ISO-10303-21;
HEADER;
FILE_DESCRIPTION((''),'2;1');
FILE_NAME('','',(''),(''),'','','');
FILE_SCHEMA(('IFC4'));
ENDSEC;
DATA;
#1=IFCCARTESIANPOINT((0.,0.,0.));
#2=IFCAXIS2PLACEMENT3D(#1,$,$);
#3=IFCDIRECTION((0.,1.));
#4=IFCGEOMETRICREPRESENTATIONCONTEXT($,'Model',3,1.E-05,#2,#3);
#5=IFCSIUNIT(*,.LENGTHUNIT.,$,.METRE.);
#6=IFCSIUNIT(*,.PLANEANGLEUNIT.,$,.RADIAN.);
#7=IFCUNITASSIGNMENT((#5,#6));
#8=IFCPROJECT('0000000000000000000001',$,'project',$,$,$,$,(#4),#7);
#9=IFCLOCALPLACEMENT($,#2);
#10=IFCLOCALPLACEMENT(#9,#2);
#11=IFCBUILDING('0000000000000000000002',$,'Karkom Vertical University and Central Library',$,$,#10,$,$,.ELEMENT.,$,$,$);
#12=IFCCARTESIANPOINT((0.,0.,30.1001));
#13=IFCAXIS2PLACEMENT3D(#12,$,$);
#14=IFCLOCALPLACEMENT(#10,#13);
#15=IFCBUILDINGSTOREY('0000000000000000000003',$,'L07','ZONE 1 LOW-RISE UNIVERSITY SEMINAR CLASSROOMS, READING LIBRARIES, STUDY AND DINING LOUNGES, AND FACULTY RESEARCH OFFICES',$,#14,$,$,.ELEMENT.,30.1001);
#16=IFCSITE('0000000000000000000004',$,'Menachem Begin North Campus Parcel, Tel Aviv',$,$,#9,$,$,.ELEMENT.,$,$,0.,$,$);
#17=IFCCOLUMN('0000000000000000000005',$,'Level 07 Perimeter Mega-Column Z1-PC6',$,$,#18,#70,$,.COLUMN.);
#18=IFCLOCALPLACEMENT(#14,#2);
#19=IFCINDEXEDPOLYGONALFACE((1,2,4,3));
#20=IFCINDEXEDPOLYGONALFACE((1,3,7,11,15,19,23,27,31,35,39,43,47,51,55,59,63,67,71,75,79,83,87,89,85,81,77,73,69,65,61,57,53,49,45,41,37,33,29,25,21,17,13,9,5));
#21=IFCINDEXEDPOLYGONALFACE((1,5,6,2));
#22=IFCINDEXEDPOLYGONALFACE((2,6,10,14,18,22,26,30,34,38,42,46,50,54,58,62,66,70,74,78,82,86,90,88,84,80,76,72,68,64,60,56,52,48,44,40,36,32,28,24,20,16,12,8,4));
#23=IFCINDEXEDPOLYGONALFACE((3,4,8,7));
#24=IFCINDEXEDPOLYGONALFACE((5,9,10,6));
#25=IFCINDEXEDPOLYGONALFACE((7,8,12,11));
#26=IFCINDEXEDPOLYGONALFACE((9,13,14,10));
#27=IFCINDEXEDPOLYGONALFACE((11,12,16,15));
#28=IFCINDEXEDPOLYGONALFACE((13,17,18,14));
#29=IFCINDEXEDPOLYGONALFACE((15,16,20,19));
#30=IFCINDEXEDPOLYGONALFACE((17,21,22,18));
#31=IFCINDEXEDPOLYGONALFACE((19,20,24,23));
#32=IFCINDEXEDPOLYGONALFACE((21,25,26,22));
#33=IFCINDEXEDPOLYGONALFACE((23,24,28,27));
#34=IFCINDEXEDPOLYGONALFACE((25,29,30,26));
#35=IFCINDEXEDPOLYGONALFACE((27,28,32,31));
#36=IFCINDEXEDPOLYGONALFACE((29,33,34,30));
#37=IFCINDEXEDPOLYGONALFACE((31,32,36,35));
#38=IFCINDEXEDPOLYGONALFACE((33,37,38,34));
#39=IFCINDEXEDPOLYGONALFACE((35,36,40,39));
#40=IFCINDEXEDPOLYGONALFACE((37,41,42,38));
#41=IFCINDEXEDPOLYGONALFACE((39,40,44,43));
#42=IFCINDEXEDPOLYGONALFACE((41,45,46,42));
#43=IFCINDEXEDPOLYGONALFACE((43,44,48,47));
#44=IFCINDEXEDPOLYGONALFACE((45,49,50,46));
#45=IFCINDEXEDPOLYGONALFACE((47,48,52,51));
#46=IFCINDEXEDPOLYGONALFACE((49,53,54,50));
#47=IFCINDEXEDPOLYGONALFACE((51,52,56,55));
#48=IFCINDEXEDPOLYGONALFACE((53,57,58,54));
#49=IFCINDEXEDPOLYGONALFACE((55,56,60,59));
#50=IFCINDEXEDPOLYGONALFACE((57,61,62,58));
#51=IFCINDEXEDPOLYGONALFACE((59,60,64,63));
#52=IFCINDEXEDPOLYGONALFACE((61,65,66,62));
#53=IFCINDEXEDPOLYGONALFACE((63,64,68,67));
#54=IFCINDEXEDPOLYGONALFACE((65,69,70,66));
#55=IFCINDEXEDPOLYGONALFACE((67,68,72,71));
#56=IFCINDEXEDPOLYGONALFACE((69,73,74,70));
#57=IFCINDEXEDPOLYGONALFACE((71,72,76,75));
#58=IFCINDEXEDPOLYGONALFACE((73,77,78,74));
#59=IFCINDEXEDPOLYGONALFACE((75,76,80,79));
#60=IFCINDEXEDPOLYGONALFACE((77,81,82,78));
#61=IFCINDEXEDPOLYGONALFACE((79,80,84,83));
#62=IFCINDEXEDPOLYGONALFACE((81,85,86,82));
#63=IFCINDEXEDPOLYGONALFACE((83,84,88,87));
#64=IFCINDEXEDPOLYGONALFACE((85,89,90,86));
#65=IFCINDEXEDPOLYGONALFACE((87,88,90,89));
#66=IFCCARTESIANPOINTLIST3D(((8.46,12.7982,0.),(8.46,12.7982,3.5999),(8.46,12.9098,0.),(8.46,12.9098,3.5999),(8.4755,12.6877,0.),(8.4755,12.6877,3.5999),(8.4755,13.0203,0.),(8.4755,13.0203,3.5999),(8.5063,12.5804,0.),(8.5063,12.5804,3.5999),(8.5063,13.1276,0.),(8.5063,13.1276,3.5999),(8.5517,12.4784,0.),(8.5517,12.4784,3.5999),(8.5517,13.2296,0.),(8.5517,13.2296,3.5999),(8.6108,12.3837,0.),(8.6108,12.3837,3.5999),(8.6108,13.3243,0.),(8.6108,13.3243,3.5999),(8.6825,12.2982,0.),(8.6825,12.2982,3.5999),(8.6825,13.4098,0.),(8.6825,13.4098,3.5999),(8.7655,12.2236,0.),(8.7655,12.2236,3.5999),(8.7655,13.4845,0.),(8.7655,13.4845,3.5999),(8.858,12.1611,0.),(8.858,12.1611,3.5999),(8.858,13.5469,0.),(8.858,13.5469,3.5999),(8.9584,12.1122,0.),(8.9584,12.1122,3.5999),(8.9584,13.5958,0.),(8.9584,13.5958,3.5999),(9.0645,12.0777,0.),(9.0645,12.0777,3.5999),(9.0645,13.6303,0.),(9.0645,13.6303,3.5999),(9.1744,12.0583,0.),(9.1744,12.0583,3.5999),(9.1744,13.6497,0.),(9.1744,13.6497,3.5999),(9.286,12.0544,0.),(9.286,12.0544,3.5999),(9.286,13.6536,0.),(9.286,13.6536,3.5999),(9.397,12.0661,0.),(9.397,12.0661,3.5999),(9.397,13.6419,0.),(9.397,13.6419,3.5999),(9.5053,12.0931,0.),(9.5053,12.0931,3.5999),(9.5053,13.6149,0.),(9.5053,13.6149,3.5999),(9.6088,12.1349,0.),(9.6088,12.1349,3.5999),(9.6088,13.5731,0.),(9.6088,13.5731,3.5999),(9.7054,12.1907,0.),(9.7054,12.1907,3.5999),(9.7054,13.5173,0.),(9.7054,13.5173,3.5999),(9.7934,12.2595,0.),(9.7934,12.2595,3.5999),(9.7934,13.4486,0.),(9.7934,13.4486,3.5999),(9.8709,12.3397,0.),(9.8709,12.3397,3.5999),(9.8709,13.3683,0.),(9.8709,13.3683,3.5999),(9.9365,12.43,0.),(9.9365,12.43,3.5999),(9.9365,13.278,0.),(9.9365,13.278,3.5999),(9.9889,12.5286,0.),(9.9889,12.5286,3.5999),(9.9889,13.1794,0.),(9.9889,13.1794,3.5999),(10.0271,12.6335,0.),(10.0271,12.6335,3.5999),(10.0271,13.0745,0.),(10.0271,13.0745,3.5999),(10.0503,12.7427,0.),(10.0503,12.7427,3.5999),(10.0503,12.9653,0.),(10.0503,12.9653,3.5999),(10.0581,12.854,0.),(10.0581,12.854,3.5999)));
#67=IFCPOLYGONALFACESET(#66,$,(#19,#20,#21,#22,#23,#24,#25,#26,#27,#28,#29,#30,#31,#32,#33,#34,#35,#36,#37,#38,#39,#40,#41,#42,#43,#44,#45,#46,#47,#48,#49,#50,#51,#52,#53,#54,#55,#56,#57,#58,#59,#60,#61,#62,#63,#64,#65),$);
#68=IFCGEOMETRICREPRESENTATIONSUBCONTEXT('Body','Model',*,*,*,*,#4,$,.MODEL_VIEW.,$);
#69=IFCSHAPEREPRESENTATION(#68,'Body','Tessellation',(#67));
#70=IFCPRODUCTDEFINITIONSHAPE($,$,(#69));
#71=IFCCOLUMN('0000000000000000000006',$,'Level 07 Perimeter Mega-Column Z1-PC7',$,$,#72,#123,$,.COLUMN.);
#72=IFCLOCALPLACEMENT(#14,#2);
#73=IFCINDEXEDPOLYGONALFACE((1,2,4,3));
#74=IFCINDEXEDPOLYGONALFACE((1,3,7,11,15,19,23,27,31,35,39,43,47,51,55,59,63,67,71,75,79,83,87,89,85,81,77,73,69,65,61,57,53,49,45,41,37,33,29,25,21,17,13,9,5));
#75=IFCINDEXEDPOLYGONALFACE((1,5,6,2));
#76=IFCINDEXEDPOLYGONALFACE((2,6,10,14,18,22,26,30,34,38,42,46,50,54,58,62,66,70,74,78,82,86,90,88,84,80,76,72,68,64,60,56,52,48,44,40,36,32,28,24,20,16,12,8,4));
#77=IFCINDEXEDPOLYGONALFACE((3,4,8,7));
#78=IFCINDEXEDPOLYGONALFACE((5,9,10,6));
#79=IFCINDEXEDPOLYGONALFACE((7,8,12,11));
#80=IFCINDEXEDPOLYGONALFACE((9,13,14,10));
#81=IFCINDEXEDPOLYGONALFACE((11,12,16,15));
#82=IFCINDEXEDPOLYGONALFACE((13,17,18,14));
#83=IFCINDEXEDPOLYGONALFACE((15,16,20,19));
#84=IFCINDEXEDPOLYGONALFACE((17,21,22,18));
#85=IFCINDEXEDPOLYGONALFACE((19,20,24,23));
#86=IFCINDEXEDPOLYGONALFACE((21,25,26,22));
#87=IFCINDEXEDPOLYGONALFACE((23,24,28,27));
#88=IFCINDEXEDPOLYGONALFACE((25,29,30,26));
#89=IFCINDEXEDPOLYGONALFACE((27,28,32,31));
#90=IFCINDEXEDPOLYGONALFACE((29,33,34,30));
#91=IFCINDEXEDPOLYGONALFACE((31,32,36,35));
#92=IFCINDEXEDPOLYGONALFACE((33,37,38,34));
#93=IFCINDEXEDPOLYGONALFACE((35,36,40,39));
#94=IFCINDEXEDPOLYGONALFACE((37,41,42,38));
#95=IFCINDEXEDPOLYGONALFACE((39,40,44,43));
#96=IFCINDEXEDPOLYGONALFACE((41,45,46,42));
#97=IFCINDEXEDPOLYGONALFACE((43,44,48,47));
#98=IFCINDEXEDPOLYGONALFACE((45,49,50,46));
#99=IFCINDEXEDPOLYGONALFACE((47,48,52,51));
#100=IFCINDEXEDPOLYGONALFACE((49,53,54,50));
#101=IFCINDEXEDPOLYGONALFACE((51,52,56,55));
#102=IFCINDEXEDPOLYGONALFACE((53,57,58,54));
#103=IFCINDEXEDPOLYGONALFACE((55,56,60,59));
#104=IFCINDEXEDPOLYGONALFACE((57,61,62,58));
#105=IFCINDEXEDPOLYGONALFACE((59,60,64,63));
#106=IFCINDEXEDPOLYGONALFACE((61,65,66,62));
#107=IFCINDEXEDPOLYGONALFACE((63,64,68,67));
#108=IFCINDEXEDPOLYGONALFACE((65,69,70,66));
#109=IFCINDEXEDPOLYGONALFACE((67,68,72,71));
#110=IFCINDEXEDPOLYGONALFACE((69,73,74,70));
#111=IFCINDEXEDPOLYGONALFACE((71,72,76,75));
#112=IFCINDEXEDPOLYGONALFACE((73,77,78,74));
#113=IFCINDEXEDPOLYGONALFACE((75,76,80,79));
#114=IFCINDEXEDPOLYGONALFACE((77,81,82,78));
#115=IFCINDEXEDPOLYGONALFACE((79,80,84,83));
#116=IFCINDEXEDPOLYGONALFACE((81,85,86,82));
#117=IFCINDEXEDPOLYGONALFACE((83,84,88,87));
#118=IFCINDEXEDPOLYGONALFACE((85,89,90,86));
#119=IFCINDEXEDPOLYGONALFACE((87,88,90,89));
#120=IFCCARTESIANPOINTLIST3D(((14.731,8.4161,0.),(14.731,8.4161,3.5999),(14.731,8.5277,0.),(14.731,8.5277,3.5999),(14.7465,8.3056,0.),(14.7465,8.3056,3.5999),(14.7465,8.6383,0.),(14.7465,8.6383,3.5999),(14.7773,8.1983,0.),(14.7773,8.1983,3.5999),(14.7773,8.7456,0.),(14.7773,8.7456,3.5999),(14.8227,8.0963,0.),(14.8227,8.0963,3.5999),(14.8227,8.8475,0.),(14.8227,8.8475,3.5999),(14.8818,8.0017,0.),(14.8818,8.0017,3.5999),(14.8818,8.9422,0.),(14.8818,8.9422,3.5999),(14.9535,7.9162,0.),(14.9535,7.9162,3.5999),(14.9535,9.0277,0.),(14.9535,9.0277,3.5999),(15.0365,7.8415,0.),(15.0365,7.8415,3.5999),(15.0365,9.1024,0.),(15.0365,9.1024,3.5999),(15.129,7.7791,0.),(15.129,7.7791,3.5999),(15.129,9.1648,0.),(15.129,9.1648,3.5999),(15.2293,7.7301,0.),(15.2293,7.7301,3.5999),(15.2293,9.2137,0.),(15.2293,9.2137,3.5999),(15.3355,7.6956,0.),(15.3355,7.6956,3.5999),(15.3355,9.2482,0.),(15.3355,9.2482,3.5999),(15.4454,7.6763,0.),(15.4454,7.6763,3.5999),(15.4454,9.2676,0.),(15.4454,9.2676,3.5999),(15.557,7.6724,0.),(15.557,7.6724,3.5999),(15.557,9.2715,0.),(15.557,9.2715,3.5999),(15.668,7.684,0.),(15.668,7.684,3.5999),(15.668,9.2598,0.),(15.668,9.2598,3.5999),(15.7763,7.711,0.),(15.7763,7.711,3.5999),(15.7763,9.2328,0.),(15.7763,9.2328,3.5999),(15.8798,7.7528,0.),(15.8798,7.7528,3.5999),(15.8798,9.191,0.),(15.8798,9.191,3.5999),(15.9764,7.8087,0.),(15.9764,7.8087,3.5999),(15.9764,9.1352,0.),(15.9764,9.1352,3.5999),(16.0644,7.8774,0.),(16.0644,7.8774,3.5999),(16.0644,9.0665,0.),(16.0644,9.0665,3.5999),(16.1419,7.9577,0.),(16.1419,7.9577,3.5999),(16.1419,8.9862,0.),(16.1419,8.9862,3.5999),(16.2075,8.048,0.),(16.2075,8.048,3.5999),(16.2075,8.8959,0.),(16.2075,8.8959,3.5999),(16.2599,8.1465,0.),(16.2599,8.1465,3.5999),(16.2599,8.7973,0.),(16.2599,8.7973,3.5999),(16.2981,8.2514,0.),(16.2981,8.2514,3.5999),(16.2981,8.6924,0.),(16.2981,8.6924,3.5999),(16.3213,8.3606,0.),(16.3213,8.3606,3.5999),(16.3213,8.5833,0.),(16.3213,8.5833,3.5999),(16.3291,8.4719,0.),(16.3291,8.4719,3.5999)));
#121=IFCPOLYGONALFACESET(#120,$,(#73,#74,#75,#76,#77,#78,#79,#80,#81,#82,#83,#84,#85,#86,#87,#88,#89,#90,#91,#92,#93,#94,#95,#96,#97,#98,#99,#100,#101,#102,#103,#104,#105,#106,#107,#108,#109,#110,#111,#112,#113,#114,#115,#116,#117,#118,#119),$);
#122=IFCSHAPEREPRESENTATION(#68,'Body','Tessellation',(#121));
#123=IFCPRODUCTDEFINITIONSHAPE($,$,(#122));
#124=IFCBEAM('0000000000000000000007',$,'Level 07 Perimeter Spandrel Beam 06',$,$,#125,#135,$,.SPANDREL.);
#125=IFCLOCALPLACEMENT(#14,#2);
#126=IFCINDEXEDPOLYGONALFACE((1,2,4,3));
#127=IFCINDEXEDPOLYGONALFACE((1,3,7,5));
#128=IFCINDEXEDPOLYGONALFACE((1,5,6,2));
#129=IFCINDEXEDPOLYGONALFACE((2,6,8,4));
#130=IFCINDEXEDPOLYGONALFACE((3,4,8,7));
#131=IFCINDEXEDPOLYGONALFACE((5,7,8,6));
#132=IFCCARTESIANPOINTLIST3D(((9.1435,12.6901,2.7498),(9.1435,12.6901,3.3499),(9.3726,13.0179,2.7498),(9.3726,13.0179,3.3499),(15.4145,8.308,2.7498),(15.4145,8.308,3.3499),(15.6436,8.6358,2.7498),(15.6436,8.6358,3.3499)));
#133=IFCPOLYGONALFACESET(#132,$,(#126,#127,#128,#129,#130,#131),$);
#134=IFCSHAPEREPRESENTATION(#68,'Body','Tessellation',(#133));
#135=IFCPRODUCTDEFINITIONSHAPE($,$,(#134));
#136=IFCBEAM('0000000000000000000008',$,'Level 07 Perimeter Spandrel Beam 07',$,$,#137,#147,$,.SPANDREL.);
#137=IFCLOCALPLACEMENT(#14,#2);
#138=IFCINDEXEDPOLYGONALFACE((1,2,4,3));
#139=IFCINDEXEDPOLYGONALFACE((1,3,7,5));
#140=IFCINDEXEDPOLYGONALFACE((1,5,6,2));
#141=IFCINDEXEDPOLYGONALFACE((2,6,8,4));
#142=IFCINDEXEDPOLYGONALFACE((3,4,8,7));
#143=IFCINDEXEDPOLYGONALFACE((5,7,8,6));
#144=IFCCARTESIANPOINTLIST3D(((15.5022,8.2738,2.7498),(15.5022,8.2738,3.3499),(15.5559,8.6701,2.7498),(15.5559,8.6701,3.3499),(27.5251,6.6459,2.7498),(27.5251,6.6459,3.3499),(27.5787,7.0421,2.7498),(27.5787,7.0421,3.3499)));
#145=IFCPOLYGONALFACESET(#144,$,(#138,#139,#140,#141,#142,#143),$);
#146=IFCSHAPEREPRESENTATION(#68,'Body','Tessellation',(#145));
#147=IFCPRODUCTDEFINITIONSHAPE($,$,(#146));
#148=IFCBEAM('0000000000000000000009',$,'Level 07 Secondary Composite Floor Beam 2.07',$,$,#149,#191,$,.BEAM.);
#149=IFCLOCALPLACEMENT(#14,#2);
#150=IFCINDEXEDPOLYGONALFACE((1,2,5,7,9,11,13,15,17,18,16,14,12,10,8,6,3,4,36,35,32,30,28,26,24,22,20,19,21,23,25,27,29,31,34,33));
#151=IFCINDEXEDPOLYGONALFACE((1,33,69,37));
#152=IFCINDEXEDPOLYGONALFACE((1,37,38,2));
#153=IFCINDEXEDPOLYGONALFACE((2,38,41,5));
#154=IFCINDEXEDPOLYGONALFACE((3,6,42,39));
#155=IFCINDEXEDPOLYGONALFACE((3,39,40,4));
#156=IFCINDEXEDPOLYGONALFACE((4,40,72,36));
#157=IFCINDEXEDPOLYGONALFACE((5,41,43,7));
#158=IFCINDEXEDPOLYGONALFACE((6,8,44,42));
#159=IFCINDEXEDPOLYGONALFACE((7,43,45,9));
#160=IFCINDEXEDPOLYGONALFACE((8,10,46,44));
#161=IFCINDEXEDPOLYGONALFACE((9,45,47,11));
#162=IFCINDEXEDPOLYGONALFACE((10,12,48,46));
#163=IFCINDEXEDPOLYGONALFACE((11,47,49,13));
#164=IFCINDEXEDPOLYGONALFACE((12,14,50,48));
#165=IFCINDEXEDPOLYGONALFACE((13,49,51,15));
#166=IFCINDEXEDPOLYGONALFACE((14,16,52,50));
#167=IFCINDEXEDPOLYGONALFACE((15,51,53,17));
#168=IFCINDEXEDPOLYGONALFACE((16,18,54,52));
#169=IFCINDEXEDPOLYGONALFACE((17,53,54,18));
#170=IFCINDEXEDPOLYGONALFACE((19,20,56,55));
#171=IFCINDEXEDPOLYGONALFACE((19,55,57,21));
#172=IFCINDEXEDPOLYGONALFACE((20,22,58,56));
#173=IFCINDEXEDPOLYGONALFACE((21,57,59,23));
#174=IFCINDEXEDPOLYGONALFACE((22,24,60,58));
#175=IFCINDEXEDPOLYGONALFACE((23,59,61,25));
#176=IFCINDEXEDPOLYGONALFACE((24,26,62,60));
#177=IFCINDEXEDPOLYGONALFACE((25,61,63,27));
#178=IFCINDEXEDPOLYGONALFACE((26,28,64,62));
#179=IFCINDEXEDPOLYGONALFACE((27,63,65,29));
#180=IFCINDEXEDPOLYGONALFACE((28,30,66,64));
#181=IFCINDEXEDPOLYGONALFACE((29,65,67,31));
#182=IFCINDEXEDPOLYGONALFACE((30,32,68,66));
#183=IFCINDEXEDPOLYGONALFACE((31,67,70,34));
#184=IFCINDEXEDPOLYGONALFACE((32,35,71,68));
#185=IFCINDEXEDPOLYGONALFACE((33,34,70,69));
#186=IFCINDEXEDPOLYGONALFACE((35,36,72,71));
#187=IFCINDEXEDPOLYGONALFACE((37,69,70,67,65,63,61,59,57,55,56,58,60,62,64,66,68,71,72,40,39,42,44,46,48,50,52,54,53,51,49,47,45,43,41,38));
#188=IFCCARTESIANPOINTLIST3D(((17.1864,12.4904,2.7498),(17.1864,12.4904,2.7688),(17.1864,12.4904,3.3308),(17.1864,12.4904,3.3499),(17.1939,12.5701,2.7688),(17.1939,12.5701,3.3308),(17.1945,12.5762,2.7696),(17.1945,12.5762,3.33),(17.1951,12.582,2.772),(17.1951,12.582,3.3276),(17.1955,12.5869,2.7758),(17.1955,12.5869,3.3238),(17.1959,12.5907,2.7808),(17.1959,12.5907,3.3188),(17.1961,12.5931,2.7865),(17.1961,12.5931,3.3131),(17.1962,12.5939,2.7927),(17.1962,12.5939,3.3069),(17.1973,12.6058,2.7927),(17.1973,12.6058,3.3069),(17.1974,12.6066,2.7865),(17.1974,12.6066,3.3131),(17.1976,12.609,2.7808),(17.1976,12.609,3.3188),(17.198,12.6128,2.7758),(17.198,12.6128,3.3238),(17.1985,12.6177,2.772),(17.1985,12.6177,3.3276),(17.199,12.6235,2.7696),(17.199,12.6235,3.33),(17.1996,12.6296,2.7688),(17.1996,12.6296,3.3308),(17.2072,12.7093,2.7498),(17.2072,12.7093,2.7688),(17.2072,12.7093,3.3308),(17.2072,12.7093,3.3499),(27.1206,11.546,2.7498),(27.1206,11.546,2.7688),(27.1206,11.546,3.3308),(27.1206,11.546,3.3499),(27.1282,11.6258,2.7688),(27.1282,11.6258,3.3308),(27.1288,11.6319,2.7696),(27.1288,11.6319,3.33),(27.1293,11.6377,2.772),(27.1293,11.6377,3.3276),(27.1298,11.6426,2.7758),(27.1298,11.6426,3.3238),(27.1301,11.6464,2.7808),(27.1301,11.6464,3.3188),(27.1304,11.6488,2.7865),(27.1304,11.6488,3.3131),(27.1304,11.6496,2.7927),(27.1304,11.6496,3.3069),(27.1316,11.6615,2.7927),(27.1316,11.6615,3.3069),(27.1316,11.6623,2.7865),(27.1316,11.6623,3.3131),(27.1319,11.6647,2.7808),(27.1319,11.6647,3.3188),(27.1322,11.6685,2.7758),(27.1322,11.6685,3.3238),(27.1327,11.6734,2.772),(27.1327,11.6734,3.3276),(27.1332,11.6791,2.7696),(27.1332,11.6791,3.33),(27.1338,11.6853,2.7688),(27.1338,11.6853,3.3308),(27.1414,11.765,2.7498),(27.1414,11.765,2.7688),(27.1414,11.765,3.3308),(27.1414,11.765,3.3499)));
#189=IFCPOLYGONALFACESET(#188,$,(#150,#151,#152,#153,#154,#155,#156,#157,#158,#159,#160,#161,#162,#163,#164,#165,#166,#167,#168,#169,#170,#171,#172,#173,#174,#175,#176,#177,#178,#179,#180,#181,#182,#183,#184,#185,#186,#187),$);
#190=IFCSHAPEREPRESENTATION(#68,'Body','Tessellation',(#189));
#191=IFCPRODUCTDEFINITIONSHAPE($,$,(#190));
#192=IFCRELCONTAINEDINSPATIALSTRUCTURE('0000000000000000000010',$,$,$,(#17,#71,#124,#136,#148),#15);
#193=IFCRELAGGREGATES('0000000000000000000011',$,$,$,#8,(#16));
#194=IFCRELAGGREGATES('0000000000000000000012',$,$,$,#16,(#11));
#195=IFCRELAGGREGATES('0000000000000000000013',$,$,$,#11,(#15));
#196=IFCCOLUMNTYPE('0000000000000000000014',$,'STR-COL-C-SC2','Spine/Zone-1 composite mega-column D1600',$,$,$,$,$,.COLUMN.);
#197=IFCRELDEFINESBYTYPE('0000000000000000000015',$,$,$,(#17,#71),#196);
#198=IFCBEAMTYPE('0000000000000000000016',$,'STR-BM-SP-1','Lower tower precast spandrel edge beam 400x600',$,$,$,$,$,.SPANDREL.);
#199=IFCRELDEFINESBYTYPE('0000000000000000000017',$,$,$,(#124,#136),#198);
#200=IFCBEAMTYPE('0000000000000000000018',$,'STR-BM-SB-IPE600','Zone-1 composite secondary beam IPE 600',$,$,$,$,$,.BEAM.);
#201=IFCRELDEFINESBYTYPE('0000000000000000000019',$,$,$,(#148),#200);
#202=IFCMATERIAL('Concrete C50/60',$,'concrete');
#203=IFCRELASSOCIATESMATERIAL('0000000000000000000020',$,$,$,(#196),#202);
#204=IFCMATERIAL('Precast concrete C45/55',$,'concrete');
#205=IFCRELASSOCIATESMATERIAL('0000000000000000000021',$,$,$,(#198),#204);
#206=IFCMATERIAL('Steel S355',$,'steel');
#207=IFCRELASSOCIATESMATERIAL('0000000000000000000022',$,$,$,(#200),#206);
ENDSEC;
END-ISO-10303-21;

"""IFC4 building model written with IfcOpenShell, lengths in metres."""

from ifc_helpers import new_model, si_unit, direction, frame, origin, origin_with_axes, origin_2d, place, context, subcontext, project, spatial, rectangle, circle, i_section, extrude, source, transform, mapped, material, material_profile, profile_set, type_object, element, save


model = new_model("IFC4")

# Units and contexts
model_context = context("Model", 3, precision=1e-05, world=origin(), true_north=direction((0.0, 1.0)))
body_context = subcontext(model_context, "Body", "Model", "MODEL_VIEW")
ifc_project = project(units=[si_unit("LENGTHUNIT", "METRE"), si_unit("PLANEANGLEUNIT", "RADIAN")], contexts=[model_context])

# Site, building, storey
site_placement = place(None, origin())
site = spatial("IfcSite", under=ifc_project, at=site_placement, Name="Menachem Begin North Campus Parcel, Tel Aviv", CompositionType="ELEMENT", RefElevation=0.0)
building_placement = place(site_placement, origin())
building = spatial("IfcBuilding", under=site, at=building_placement, Name="Karkom Vertical University and Central Library", CompositionType="ELEMENT")
storey_placement = place(building_placement, frame((0.0, 0.0, 30.1001)))
storey = spatial("IfcBuildingStorey", under=building, at=storey_placement, Name="L07", Description="ZONE 1 LOW-RISE UNIVERSITY SEMINAR CLASSROOMS, READING LIBRARIES, STUDY AND DINING LOUNGES, AND FACULTY RESEARCH OFFICES", CompositionType="ELEMENT", Elevation=30.1001)

# Columns
ifc_material_1 = material(Name="Concrete C50/60", Category="concrete")
ifc_material_profile_1 = material_profile(ifc_material_1, circle(Radius=0.8, at=origin_2d()), Name="CFT-D1600")
ifc_profile_set_1 = profile_set([ifc_material_profile_1], Name="Concrete C50/60")
column_type = type_object("IfcColumnType", Name="STR-COL-C-SC2", Description="Spine/Zone-1 composite mega-column D1600", PredefinedType="COLUMN", material=ifc_profile_set_1)
shared_shape_1 = source(origin_with_axes(), body_context, "Body", "SweptSolid", [
    extrude(circle(Radius=0.8, at=origin_2d()), origin(), (0.0, 0.0, 1.0), 3.5999),
])
for number, where, z_axis, x_axis, name in (
    (1, (9.2581, 12.854, 0.0), (0.0, 0.0, 1.0), (1.0, 0.0, 0.0), "Level 07 Perimeter Mega-Column Z1-PC6"),
    (2, (15.5291, 8.4719, 0.0), (0.0, 0.0, 1.0), (1.0, 0.0, 0.0), "Level 07 Perimeter Mega-Column Z1-PC7"),
):
    element("IfcColumn", number, at=place(storey_placement, frame(where, z_axis=z_axis, x_axis=x_axis)), inside=storey, type_object=column_type, Name=name, PredefinedType="COLUMN", context=body_context, shape_type="MappedRepresentation", body=[
        mapped(shared_shape_1, transform((0.0, 0.0, 0.0), scale=1.0)),
    ])

# Beams
ifc_material_2 = material(Name="Precast concrete C45/55", Category="concrete")
ifc_material_profile_2 = material_profile(ifc_material_2, rectangle(XDim=0.3999, YDim=0.6001, at=origin_2d()), Name="SPB-400x600")
ifc_profile_set_2 = profile_set([ifc_material_profile_2], Name="Precast concrete C45/55")
beam_type_1 = type_object("IfcBeamType", Name="STR-BM-SP-1", Description="Lower tower precast spandrel edge beam 400x600", PredefinedType="SPANDREL", material=ifc_profile_set_2)
shared_shape_2 = source(origin_with_axes(), body_context, "Body", "SweptSolid", [
    extrude(rectangle(XDim=0.3999, YDim=0.6001, at=origin_2d()), origin(), (0.0, 0.0, 1.0), 7.6504),
])
beam_1_placement = place(storey_placement, frame((9.2581, 12.854, 3.0498), z_axis=(0.819699, -0.572794, 0.0), x_axis=(0.572794, 0.819699, 0.0)))
element("IfcBeam", 3, at=beam_1_placement, inside=storey, type_object=beam_type_1, Name="Level 07 Perimeter Spandrel Beam 06", PredefinedType="SPANDREL", context=body_context, shape_type="MappedRepresentation", body=[
    mapped(shared_shape_2, transform((0.0, 0.0, 0.0), scale=1.0)),
])
shared_shape_3 = source(origin_with_axes(), body_context, "Body", "SweptSolid", [
    extrude(rectangle(XDim=0.3999, YDim=0.6001, at=origin_2d()), origin(), (0.0, 0.0, 1.0), 12.1326),
])
beam_2_placement = place(storey_placement, frame((15.5291, 8.4719, 3.0498), z_axis=(0.990957, -0.134177, 0.0), x_axis=(0.134177, 0.990957, 0.0)))
element("IfcBeam", 4, at=beam_2_placement, inside=storey, type_object=beam_type_1, Name="Level 07 Perimeter Spandrel Beam 07", PredefinedType="SPANDREL", context=body_context, shape_type="MappedRepresentation", body=[
    mapped(shared_shape_3, transform((0.0, 0.0, 0.0), scale=1.0)),
])
ifc_material_3 = material(Name="Steel S355", Category="steel")
ifc_material_profile_3 = material_profile(ifc_material_3, i_section(OverallWidth=0.22, OverallDepth=0.6001, WebThickness=0.012, FlangeThickness=0.019, FilletRadius=0.0239, at=origin_2d()), Name="IPE 600")
ifc_profile_set_3 = profile_set([ifc_material_profile_3], Name="Steel S355")
beam_type_2 = type_object("IfcBeamType", Name="STR-BM-SB-IPE600", Description="Zone-1 composite secondary beam IPE 600", PredefinedType="BEAM", material=ifc_profile_set_3)
shared_shape_4 = source(origin_with_axes(), body_context, "Body", "SweptSolid", [
    extrude(i_section(OverallWidth=0.22, OverallDepth=0.6001, WebThickness=0.012, FlangeThickness=0.019, FilletRadius=0.0239, at=origin_2d()), origin(), (0.0, 0.0, 1.0), 9.979),
])
beam_3_placement = place(storey_placement, frame((17.1968, 12.5999, 3.0498), z_axis=(0.995512, -0.094631, 0.0), x_axis=(0.094631, 0.995512, 0.0)))
element("IfcBeam", 5, at=beam_3_placement, inside=storey, type_object=beam_type_2, Name="Level 07 Secondary Composite Floor Beam 2.07", PredefinedType="BEAM", context=body_context, shape_type="MappedRepresentation", body=[
    mapped(shared_shape_4, transform((0.0, 0.0, 0.0), scale=1.0)),
])

save(model, "model.ifc")
